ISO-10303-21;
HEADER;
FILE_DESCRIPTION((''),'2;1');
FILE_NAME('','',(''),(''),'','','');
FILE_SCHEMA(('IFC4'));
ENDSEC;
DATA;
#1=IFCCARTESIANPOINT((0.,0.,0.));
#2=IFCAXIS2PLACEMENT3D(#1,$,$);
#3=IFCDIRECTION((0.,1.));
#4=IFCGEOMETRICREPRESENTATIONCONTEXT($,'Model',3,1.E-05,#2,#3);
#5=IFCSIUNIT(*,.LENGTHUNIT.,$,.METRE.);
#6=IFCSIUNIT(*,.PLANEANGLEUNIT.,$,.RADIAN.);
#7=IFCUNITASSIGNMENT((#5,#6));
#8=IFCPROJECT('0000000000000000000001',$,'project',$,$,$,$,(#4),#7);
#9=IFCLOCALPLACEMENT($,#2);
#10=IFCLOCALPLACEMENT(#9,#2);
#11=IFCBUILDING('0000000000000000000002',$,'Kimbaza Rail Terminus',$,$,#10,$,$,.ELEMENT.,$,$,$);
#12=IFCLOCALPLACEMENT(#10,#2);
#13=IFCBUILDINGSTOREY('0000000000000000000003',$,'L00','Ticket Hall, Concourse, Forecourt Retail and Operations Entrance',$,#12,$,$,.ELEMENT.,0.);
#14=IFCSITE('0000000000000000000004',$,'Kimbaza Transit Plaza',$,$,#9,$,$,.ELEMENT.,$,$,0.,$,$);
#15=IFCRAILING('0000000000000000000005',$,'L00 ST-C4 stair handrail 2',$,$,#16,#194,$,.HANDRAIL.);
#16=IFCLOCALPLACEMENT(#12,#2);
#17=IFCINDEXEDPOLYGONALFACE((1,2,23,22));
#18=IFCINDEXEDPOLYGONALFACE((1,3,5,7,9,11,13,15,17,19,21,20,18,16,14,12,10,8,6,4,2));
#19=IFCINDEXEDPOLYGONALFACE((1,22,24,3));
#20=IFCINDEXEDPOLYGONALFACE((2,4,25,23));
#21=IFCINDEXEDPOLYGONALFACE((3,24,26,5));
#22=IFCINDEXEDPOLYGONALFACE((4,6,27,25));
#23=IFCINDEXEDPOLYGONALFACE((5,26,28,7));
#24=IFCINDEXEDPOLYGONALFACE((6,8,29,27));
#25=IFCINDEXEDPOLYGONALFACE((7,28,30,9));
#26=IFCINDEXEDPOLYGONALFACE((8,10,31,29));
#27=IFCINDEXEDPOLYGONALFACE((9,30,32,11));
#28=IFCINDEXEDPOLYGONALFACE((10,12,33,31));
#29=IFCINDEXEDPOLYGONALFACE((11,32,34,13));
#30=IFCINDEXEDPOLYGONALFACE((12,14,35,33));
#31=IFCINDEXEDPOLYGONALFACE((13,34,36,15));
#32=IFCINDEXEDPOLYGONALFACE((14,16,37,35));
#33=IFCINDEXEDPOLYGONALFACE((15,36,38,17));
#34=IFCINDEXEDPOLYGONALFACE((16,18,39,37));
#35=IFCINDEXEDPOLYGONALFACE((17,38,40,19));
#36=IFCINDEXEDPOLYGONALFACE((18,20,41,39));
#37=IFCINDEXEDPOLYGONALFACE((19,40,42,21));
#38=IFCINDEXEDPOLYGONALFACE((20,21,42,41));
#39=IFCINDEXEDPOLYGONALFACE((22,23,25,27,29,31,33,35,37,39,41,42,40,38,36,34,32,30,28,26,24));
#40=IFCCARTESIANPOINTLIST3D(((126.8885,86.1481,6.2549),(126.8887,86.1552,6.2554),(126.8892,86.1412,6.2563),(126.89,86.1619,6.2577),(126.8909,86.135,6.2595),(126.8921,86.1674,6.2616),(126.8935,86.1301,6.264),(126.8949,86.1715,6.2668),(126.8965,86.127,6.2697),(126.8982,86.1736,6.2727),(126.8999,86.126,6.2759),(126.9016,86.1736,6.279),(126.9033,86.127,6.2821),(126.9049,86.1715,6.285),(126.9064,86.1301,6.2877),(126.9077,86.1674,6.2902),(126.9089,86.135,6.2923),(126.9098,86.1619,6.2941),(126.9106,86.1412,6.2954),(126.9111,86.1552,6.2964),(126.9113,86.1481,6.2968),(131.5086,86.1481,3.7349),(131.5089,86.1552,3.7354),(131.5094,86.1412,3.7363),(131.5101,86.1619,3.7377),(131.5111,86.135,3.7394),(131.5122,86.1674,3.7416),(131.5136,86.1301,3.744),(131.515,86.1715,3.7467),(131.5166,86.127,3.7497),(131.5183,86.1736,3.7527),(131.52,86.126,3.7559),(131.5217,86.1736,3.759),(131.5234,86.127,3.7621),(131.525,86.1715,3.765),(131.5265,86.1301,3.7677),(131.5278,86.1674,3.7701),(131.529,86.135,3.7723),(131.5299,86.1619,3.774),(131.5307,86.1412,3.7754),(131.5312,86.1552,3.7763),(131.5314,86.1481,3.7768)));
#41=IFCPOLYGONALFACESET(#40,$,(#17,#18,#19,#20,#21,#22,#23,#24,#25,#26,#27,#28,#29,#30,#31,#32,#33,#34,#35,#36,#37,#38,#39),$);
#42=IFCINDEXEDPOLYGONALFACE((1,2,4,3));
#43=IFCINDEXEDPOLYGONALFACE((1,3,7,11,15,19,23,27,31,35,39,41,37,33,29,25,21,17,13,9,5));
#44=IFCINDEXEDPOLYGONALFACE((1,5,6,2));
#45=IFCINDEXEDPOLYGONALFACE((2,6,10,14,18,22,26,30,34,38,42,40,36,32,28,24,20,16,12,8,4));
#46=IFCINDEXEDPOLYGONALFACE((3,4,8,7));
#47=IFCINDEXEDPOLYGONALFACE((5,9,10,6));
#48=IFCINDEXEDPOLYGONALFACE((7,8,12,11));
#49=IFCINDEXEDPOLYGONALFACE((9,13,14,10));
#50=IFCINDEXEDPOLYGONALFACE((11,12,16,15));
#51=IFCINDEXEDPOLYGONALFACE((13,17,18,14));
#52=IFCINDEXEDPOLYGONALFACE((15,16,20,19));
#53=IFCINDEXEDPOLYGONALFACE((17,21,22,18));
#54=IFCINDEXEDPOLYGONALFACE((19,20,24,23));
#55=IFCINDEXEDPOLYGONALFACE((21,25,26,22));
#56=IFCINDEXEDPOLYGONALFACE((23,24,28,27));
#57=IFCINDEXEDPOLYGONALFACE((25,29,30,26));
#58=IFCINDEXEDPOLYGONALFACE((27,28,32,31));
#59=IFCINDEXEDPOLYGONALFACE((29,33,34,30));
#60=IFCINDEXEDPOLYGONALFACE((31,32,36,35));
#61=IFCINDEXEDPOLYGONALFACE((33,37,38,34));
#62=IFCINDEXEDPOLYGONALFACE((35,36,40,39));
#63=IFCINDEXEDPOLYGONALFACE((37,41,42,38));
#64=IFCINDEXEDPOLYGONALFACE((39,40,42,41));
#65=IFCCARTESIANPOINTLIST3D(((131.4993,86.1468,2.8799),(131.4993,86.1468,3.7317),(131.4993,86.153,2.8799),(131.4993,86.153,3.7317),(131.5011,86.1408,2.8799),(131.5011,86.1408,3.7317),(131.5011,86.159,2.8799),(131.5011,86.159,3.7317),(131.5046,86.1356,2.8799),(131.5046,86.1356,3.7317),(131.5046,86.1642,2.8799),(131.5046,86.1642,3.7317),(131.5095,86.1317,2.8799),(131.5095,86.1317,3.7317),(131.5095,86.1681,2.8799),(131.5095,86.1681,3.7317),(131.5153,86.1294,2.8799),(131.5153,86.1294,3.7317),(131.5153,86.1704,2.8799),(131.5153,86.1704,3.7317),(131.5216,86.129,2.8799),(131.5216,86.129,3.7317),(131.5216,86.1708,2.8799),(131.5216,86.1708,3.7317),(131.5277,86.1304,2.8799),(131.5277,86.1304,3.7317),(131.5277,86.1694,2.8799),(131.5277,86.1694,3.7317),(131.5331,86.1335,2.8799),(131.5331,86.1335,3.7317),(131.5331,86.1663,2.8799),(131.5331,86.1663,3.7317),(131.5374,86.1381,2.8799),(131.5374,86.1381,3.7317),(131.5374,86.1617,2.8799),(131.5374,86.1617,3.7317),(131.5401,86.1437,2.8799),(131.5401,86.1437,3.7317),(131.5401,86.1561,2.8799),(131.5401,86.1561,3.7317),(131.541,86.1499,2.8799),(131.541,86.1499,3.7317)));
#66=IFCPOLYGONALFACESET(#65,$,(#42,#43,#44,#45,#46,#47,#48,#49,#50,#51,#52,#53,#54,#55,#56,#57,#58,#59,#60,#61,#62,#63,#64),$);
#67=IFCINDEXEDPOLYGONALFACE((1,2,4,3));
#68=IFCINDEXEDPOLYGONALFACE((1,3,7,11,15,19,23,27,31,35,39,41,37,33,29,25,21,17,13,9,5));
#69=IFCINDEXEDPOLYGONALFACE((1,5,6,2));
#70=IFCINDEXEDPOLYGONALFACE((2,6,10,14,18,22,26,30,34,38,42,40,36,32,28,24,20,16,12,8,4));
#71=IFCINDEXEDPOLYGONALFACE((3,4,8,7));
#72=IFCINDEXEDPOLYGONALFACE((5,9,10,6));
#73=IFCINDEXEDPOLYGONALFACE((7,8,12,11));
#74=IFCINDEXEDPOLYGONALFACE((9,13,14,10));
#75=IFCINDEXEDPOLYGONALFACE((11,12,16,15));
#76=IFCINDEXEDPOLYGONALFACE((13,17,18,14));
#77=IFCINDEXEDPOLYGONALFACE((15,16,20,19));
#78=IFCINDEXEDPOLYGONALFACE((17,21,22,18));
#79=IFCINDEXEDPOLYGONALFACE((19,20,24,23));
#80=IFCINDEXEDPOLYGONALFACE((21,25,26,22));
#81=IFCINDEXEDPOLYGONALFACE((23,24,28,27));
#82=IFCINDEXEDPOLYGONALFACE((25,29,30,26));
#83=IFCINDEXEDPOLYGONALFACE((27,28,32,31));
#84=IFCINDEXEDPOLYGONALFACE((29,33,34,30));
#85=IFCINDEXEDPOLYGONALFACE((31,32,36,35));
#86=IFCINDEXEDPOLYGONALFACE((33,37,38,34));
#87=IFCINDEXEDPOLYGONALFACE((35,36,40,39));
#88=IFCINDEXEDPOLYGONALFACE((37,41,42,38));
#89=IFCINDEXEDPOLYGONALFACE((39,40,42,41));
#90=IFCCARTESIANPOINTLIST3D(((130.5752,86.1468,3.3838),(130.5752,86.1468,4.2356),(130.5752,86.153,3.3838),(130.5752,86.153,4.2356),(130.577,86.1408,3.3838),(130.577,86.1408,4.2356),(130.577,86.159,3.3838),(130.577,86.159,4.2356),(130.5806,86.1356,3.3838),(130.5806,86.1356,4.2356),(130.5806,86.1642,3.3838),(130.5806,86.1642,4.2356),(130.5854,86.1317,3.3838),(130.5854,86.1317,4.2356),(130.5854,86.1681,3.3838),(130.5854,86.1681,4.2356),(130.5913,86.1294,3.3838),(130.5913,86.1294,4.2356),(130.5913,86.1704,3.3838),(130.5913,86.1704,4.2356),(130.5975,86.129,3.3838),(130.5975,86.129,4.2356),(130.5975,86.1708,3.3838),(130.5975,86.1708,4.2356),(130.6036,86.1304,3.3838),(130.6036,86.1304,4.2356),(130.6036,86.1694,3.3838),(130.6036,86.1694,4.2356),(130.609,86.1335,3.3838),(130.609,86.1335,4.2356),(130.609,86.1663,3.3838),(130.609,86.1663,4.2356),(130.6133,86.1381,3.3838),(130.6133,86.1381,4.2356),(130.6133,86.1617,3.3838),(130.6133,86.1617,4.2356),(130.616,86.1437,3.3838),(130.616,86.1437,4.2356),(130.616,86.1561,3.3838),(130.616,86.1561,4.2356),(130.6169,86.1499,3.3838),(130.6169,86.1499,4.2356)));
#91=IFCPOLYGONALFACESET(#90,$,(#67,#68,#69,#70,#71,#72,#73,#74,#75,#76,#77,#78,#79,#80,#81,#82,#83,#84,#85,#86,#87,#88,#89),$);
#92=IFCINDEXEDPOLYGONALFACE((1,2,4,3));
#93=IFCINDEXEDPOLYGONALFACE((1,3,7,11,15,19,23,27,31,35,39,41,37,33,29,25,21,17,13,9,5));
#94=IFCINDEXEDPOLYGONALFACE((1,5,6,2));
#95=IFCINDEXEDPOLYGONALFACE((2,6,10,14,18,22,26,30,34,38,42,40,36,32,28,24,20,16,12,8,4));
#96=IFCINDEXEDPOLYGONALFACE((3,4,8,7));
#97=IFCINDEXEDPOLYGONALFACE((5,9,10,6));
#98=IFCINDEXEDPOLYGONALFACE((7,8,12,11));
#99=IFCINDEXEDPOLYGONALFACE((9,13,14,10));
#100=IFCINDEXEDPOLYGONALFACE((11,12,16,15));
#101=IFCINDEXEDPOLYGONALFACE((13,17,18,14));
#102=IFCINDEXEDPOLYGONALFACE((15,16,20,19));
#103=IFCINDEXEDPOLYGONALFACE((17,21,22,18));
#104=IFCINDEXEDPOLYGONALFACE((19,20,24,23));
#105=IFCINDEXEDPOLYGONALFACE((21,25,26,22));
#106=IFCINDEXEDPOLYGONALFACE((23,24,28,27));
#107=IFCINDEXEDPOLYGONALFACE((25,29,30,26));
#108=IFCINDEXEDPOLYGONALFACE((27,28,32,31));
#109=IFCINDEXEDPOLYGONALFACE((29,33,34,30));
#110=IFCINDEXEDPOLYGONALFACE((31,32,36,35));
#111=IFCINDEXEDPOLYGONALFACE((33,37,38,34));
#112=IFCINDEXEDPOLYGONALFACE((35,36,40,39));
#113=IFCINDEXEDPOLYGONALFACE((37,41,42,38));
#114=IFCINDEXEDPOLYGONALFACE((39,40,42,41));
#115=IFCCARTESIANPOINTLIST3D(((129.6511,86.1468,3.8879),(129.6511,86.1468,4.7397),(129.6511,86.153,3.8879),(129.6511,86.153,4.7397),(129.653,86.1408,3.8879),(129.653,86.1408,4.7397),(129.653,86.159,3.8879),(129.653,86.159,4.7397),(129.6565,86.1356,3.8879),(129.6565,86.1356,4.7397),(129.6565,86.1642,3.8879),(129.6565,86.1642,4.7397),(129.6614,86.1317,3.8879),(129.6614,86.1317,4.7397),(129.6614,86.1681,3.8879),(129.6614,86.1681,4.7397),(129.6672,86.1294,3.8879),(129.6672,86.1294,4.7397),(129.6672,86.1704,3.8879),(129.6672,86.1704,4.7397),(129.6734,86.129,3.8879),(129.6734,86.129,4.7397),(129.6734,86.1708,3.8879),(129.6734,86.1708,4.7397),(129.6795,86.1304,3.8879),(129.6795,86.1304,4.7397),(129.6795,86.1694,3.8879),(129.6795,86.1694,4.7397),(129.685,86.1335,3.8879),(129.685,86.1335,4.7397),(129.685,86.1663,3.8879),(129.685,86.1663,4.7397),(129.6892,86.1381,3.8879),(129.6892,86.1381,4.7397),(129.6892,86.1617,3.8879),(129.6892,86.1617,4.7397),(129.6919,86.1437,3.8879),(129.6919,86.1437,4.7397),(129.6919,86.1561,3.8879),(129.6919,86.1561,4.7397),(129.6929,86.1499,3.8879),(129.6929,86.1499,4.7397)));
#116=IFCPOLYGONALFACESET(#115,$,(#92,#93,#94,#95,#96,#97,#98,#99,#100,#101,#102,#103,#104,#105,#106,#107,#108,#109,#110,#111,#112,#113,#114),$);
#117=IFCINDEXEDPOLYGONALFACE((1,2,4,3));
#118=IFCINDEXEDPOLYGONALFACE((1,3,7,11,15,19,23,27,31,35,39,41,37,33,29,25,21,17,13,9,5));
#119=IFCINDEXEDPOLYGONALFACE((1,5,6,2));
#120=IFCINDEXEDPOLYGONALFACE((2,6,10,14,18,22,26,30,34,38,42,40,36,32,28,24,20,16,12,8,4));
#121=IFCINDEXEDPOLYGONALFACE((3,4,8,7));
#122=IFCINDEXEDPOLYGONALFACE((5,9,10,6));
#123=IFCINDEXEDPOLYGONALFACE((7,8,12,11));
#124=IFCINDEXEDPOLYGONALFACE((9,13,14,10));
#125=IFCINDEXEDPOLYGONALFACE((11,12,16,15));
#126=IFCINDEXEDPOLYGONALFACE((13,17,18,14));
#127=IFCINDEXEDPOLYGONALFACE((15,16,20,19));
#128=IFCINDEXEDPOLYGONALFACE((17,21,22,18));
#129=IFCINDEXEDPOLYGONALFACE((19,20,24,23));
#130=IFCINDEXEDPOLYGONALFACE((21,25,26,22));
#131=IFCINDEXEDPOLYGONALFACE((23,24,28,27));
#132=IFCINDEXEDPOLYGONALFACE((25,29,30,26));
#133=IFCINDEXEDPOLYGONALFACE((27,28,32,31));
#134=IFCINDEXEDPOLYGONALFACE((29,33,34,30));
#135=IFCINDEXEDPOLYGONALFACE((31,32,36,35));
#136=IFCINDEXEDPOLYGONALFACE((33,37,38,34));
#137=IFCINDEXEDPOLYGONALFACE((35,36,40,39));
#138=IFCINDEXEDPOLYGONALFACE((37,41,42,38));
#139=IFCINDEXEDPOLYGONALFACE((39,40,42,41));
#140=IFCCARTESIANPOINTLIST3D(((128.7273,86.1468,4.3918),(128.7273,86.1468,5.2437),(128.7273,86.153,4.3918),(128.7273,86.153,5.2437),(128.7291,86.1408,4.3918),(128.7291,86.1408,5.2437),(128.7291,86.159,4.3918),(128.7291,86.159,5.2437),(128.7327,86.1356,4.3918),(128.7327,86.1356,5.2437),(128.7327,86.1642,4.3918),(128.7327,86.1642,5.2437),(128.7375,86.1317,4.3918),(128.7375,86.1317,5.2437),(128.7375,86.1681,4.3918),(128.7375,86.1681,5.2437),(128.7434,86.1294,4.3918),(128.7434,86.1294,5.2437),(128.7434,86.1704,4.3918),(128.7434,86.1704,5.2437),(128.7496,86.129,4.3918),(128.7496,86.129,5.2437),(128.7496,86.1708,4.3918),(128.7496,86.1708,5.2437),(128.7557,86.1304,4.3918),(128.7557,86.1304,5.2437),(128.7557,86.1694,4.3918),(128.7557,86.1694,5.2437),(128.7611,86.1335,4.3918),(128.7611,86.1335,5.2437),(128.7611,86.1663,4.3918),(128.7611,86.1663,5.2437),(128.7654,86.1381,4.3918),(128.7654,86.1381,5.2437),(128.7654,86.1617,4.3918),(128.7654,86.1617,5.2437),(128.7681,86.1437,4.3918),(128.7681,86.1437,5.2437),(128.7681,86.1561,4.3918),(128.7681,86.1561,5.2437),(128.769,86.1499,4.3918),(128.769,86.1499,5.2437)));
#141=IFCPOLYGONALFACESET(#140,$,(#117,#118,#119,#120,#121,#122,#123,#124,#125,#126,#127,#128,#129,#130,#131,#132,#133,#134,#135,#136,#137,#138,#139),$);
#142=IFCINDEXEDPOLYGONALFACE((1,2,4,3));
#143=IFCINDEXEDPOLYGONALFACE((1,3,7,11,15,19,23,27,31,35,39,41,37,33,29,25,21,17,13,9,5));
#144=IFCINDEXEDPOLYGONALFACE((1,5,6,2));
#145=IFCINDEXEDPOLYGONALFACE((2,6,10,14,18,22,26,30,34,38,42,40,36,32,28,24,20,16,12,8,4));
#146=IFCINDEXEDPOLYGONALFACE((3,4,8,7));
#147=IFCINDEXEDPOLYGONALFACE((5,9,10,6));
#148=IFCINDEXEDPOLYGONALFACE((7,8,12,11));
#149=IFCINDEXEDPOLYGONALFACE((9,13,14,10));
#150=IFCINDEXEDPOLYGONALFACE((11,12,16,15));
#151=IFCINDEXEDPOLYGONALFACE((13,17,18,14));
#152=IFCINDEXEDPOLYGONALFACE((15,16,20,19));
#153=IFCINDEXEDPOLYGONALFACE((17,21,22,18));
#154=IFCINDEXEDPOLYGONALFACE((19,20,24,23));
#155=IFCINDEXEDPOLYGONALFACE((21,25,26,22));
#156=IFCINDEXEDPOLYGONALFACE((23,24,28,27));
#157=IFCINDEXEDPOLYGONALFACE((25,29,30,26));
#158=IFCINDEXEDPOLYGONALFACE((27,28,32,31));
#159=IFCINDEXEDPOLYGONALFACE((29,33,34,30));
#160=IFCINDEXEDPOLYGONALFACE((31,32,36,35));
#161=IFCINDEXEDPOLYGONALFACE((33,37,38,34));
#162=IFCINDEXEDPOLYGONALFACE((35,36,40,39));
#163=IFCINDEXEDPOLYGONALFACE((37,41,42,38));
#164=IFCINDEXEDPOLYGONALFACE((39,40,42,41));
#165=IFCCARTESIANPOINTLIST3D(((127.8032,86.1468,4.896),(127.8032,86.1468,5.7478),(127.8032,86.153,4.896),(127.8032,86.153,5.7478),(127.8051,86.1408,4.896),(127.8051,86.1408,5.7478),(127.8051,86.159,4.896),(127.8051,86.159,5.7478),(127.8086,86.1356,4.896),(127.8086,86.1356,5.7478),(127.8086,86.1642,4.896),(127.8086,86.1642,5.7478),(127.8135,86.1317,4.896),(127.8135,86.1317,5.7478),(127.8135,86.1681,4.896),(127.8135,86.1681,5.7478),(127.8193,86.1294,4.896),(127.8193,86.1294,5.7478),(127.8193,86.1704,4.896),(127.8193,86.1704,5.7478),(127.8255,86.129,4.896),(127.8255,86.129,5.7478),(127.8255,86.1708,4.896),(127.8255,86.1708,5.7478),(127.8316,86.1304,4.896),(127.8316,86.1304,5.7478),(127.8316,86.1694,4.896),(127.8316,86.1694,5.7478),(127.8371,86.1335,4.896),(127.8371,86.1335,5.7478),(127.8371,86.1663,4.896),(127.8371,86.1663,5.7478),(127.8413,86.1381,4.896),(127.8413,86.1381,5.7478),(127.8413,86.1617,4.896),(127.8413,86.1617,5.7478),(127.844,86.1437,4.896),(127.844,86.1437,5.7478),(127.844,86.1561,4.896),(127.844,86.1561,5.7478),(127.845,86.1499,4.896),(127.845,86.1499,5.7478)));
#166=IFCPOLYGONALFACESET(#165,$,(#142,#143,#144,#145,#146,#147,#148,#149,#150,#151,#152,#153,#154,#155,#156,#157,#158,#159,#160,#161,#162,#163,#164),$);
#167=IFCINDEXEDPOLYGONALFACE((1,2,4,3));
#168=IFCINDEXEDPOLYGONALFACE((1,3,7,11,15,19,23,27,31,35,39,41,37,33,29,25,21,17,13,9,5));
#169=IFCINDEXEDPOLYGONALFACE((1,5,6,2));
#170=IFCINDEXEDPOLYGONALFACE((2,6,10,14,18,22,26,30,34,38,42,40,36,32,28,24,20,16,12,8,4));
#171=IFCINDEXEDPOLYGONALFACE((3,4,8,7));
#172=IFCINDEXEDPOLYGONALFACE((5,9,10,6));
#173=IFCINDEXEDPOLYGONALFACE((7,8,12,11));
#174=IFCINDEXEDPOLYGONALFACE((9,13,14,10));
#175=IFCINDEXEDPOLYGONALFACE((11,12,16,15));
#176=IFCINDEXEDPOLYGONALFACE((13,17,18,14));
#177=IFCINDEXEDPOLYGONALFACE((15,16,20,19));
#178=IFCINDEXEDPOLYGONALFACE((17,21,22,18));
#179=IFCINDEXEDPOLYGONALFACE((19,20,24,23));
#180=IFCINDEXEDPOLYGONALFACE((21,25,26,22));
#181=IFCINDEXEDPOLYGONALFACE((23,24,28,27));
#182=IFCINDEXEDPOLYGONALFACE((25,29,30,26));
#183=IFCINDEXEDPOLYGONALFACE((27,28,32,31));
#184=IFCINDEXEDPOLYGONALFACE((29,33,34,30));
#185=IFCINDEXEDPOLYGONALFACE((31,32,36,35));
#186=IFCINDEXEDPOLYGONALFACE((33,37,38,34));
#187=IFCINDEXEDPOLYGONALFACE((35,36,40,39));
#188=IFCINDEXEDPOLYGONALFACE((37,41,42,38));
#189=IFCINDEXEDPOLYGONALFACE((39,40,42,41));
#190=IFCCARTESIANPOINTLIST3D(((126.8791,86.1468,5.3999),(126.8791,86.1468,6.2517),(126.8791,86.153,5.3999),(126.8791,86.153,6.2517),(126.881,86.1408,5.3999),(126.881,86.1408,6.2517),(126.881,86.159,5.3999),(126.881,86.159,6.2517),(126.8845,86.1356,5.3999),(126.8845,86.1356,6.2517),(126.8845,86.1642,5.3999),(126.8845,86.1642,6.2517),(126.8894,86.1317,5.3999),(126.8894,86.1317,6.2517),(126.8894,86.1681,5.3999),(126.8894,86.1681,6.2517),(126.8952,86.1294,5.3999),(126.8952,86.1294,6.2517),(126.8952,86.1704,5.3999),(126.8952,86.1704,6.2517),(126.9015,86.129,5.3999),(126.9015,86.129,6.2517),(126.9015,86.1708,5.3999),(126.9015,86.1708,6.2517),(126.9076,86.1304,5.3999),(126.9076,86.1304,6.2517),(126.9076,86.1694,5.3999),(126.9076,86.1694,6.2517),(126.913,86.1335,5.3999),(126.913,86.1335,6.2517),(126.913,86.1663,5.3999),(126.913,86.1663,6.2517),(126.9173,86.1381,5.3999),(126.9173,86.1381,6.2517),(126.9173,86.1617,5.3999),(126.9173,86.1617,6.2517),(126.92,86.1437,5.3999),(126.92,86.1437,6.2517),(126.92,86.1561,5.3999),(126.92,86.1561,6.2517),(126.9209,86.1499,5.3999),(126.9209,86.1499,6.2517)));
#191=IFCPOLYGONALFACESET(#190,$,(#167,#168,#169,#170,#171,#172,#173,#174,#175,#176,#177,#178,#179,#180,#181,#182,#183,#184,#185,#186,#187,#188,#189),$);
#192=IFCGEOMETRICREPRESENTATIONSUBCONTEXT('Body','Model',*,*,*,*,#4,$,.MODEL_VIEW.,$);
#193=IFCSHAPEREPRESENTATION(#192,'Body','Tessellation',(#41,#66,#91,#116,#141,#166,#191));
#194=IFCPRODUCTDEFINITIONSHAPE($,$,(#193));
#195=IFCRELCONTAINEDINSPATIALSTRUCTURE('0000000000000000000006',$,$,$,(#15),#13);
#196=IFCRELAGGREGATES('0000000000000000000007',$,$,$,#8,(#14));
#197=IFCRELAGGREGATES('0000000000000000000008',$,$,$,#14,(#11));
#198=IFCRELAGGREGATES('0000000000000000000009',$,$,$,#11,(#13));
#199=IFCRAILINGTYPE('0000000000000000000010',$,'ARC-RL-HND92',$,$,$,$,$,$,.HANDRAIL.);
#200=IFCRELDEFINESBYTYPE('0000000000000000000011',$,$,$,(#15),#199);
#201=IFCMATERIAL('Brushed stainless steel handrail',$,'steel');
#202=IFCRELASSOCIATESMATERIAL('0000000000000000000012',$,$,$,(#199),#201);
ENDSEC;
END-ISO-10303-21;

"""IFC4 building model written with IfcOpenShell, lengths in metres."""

from ifc_helpers import new_model, si_unit, direction, frame, origin, origin_2d, place, context, subcontext, project, spatial, circle, extrude, material, type_object, element, save


model = new_model("IFC4")

# Units and contexts
model_context = context("Model", 3, precision=1e-05, world=origin(), true_north=direction((0.0, 1.0)))
body_context = subcontext(model_context, "Body", "Model", "MODEL_VIEW")
ifc_project = project(units=[si_unit("LENGTHUNIT", "METRE"), si_unit("PLANEANGLEUNIT", "RADIAN")], contexts=[model_context])

# Site, building, storey
site_placement = place(None, origin())
site = spatial("IfcSite", under=ifc_project, at=site_placement, Name="Kimbaza Transit Plaza", CompositionType="ELEMENT", RefElevation=0.0)
building_placement = place(site_placement, origin())
building = spatial("IfcBuilding", under=site, at=building_placement, Name="Kimbaza Rail Terminus", CompositionType="ELEMENT")
storey_placement = place(building_placement, origin())
storey = spatial("IfcBuildingStorey", under=building, at=storey_placement, Name="L00", Description="Ticket Hall, Concourse, Forecourt Retail and Operations Entrance", CompositionType="ELEMENT", Elevation=0.0)

# Railing
ifc_material_1 = material(Name="Brushed stainless steel handrail", Category="steel")
railing_type_1 = type_object("IfcRailingType", Name="ARC-RL-HND92", PredefinedType="HANDRAIL", material=ifc_material_1)
railing_1_placement = place(storey_placement, frame((131.52, 86.1499, 2.8799)))
element("IfcRailing", 1, at=railing_1_placement, inside=storey, type_object=railing_type_1, Name="L00 ST-C4 stair handrail 2", PredefinedType="HANDRAIL", context=body_context, shape_type="SweptSolid", body=[
    extrude(circle(Radius=0.0239, at=origin_2d()), frame((0.0, 0.0, 0.876), z_axis=(-0.877899, 0.0, 0.478846), x_axis=(0.0, -1.0, 0.0)), (0.0, 0.0, 1.0), 5.2627),
    extrude(circle(Radius=0.021, at=origin_2d()), origin(), (0.0, 0.0, 1.0), 0.8518),
    extrude(circle(Radius=0.021, at=origin_2d()), frame((-0.9241, 0.0, 0.5039)), (0.0, 0.0, 1.0), 0.8518),
    extrude(circle(Radius=0.021, at=origin_2d()), frame((-1.8481, 0.0, 1.0081)), (0.0, 0.0, 1.0), 0.8518),
    extrude(circle(Radius=0.021, at=origin_2d()), frame((-2.772, 0.0, 1.512)), (0.0, 0.0, 1.0), 0.8518),
    extrude(circle(Radius=0.021, at=origin_2d()), frame((-3.696, 0.0, 2.0161)), (0.0, 0.0, 1.0), 0.8518),
    extrude(circle(Radius=0.021, at=origin_2d()), frame((-4.6201, 0.0, 2.52)), (0.0, 0.0, 1.0), 0.8518),
])

save(model, "model.ifc")
